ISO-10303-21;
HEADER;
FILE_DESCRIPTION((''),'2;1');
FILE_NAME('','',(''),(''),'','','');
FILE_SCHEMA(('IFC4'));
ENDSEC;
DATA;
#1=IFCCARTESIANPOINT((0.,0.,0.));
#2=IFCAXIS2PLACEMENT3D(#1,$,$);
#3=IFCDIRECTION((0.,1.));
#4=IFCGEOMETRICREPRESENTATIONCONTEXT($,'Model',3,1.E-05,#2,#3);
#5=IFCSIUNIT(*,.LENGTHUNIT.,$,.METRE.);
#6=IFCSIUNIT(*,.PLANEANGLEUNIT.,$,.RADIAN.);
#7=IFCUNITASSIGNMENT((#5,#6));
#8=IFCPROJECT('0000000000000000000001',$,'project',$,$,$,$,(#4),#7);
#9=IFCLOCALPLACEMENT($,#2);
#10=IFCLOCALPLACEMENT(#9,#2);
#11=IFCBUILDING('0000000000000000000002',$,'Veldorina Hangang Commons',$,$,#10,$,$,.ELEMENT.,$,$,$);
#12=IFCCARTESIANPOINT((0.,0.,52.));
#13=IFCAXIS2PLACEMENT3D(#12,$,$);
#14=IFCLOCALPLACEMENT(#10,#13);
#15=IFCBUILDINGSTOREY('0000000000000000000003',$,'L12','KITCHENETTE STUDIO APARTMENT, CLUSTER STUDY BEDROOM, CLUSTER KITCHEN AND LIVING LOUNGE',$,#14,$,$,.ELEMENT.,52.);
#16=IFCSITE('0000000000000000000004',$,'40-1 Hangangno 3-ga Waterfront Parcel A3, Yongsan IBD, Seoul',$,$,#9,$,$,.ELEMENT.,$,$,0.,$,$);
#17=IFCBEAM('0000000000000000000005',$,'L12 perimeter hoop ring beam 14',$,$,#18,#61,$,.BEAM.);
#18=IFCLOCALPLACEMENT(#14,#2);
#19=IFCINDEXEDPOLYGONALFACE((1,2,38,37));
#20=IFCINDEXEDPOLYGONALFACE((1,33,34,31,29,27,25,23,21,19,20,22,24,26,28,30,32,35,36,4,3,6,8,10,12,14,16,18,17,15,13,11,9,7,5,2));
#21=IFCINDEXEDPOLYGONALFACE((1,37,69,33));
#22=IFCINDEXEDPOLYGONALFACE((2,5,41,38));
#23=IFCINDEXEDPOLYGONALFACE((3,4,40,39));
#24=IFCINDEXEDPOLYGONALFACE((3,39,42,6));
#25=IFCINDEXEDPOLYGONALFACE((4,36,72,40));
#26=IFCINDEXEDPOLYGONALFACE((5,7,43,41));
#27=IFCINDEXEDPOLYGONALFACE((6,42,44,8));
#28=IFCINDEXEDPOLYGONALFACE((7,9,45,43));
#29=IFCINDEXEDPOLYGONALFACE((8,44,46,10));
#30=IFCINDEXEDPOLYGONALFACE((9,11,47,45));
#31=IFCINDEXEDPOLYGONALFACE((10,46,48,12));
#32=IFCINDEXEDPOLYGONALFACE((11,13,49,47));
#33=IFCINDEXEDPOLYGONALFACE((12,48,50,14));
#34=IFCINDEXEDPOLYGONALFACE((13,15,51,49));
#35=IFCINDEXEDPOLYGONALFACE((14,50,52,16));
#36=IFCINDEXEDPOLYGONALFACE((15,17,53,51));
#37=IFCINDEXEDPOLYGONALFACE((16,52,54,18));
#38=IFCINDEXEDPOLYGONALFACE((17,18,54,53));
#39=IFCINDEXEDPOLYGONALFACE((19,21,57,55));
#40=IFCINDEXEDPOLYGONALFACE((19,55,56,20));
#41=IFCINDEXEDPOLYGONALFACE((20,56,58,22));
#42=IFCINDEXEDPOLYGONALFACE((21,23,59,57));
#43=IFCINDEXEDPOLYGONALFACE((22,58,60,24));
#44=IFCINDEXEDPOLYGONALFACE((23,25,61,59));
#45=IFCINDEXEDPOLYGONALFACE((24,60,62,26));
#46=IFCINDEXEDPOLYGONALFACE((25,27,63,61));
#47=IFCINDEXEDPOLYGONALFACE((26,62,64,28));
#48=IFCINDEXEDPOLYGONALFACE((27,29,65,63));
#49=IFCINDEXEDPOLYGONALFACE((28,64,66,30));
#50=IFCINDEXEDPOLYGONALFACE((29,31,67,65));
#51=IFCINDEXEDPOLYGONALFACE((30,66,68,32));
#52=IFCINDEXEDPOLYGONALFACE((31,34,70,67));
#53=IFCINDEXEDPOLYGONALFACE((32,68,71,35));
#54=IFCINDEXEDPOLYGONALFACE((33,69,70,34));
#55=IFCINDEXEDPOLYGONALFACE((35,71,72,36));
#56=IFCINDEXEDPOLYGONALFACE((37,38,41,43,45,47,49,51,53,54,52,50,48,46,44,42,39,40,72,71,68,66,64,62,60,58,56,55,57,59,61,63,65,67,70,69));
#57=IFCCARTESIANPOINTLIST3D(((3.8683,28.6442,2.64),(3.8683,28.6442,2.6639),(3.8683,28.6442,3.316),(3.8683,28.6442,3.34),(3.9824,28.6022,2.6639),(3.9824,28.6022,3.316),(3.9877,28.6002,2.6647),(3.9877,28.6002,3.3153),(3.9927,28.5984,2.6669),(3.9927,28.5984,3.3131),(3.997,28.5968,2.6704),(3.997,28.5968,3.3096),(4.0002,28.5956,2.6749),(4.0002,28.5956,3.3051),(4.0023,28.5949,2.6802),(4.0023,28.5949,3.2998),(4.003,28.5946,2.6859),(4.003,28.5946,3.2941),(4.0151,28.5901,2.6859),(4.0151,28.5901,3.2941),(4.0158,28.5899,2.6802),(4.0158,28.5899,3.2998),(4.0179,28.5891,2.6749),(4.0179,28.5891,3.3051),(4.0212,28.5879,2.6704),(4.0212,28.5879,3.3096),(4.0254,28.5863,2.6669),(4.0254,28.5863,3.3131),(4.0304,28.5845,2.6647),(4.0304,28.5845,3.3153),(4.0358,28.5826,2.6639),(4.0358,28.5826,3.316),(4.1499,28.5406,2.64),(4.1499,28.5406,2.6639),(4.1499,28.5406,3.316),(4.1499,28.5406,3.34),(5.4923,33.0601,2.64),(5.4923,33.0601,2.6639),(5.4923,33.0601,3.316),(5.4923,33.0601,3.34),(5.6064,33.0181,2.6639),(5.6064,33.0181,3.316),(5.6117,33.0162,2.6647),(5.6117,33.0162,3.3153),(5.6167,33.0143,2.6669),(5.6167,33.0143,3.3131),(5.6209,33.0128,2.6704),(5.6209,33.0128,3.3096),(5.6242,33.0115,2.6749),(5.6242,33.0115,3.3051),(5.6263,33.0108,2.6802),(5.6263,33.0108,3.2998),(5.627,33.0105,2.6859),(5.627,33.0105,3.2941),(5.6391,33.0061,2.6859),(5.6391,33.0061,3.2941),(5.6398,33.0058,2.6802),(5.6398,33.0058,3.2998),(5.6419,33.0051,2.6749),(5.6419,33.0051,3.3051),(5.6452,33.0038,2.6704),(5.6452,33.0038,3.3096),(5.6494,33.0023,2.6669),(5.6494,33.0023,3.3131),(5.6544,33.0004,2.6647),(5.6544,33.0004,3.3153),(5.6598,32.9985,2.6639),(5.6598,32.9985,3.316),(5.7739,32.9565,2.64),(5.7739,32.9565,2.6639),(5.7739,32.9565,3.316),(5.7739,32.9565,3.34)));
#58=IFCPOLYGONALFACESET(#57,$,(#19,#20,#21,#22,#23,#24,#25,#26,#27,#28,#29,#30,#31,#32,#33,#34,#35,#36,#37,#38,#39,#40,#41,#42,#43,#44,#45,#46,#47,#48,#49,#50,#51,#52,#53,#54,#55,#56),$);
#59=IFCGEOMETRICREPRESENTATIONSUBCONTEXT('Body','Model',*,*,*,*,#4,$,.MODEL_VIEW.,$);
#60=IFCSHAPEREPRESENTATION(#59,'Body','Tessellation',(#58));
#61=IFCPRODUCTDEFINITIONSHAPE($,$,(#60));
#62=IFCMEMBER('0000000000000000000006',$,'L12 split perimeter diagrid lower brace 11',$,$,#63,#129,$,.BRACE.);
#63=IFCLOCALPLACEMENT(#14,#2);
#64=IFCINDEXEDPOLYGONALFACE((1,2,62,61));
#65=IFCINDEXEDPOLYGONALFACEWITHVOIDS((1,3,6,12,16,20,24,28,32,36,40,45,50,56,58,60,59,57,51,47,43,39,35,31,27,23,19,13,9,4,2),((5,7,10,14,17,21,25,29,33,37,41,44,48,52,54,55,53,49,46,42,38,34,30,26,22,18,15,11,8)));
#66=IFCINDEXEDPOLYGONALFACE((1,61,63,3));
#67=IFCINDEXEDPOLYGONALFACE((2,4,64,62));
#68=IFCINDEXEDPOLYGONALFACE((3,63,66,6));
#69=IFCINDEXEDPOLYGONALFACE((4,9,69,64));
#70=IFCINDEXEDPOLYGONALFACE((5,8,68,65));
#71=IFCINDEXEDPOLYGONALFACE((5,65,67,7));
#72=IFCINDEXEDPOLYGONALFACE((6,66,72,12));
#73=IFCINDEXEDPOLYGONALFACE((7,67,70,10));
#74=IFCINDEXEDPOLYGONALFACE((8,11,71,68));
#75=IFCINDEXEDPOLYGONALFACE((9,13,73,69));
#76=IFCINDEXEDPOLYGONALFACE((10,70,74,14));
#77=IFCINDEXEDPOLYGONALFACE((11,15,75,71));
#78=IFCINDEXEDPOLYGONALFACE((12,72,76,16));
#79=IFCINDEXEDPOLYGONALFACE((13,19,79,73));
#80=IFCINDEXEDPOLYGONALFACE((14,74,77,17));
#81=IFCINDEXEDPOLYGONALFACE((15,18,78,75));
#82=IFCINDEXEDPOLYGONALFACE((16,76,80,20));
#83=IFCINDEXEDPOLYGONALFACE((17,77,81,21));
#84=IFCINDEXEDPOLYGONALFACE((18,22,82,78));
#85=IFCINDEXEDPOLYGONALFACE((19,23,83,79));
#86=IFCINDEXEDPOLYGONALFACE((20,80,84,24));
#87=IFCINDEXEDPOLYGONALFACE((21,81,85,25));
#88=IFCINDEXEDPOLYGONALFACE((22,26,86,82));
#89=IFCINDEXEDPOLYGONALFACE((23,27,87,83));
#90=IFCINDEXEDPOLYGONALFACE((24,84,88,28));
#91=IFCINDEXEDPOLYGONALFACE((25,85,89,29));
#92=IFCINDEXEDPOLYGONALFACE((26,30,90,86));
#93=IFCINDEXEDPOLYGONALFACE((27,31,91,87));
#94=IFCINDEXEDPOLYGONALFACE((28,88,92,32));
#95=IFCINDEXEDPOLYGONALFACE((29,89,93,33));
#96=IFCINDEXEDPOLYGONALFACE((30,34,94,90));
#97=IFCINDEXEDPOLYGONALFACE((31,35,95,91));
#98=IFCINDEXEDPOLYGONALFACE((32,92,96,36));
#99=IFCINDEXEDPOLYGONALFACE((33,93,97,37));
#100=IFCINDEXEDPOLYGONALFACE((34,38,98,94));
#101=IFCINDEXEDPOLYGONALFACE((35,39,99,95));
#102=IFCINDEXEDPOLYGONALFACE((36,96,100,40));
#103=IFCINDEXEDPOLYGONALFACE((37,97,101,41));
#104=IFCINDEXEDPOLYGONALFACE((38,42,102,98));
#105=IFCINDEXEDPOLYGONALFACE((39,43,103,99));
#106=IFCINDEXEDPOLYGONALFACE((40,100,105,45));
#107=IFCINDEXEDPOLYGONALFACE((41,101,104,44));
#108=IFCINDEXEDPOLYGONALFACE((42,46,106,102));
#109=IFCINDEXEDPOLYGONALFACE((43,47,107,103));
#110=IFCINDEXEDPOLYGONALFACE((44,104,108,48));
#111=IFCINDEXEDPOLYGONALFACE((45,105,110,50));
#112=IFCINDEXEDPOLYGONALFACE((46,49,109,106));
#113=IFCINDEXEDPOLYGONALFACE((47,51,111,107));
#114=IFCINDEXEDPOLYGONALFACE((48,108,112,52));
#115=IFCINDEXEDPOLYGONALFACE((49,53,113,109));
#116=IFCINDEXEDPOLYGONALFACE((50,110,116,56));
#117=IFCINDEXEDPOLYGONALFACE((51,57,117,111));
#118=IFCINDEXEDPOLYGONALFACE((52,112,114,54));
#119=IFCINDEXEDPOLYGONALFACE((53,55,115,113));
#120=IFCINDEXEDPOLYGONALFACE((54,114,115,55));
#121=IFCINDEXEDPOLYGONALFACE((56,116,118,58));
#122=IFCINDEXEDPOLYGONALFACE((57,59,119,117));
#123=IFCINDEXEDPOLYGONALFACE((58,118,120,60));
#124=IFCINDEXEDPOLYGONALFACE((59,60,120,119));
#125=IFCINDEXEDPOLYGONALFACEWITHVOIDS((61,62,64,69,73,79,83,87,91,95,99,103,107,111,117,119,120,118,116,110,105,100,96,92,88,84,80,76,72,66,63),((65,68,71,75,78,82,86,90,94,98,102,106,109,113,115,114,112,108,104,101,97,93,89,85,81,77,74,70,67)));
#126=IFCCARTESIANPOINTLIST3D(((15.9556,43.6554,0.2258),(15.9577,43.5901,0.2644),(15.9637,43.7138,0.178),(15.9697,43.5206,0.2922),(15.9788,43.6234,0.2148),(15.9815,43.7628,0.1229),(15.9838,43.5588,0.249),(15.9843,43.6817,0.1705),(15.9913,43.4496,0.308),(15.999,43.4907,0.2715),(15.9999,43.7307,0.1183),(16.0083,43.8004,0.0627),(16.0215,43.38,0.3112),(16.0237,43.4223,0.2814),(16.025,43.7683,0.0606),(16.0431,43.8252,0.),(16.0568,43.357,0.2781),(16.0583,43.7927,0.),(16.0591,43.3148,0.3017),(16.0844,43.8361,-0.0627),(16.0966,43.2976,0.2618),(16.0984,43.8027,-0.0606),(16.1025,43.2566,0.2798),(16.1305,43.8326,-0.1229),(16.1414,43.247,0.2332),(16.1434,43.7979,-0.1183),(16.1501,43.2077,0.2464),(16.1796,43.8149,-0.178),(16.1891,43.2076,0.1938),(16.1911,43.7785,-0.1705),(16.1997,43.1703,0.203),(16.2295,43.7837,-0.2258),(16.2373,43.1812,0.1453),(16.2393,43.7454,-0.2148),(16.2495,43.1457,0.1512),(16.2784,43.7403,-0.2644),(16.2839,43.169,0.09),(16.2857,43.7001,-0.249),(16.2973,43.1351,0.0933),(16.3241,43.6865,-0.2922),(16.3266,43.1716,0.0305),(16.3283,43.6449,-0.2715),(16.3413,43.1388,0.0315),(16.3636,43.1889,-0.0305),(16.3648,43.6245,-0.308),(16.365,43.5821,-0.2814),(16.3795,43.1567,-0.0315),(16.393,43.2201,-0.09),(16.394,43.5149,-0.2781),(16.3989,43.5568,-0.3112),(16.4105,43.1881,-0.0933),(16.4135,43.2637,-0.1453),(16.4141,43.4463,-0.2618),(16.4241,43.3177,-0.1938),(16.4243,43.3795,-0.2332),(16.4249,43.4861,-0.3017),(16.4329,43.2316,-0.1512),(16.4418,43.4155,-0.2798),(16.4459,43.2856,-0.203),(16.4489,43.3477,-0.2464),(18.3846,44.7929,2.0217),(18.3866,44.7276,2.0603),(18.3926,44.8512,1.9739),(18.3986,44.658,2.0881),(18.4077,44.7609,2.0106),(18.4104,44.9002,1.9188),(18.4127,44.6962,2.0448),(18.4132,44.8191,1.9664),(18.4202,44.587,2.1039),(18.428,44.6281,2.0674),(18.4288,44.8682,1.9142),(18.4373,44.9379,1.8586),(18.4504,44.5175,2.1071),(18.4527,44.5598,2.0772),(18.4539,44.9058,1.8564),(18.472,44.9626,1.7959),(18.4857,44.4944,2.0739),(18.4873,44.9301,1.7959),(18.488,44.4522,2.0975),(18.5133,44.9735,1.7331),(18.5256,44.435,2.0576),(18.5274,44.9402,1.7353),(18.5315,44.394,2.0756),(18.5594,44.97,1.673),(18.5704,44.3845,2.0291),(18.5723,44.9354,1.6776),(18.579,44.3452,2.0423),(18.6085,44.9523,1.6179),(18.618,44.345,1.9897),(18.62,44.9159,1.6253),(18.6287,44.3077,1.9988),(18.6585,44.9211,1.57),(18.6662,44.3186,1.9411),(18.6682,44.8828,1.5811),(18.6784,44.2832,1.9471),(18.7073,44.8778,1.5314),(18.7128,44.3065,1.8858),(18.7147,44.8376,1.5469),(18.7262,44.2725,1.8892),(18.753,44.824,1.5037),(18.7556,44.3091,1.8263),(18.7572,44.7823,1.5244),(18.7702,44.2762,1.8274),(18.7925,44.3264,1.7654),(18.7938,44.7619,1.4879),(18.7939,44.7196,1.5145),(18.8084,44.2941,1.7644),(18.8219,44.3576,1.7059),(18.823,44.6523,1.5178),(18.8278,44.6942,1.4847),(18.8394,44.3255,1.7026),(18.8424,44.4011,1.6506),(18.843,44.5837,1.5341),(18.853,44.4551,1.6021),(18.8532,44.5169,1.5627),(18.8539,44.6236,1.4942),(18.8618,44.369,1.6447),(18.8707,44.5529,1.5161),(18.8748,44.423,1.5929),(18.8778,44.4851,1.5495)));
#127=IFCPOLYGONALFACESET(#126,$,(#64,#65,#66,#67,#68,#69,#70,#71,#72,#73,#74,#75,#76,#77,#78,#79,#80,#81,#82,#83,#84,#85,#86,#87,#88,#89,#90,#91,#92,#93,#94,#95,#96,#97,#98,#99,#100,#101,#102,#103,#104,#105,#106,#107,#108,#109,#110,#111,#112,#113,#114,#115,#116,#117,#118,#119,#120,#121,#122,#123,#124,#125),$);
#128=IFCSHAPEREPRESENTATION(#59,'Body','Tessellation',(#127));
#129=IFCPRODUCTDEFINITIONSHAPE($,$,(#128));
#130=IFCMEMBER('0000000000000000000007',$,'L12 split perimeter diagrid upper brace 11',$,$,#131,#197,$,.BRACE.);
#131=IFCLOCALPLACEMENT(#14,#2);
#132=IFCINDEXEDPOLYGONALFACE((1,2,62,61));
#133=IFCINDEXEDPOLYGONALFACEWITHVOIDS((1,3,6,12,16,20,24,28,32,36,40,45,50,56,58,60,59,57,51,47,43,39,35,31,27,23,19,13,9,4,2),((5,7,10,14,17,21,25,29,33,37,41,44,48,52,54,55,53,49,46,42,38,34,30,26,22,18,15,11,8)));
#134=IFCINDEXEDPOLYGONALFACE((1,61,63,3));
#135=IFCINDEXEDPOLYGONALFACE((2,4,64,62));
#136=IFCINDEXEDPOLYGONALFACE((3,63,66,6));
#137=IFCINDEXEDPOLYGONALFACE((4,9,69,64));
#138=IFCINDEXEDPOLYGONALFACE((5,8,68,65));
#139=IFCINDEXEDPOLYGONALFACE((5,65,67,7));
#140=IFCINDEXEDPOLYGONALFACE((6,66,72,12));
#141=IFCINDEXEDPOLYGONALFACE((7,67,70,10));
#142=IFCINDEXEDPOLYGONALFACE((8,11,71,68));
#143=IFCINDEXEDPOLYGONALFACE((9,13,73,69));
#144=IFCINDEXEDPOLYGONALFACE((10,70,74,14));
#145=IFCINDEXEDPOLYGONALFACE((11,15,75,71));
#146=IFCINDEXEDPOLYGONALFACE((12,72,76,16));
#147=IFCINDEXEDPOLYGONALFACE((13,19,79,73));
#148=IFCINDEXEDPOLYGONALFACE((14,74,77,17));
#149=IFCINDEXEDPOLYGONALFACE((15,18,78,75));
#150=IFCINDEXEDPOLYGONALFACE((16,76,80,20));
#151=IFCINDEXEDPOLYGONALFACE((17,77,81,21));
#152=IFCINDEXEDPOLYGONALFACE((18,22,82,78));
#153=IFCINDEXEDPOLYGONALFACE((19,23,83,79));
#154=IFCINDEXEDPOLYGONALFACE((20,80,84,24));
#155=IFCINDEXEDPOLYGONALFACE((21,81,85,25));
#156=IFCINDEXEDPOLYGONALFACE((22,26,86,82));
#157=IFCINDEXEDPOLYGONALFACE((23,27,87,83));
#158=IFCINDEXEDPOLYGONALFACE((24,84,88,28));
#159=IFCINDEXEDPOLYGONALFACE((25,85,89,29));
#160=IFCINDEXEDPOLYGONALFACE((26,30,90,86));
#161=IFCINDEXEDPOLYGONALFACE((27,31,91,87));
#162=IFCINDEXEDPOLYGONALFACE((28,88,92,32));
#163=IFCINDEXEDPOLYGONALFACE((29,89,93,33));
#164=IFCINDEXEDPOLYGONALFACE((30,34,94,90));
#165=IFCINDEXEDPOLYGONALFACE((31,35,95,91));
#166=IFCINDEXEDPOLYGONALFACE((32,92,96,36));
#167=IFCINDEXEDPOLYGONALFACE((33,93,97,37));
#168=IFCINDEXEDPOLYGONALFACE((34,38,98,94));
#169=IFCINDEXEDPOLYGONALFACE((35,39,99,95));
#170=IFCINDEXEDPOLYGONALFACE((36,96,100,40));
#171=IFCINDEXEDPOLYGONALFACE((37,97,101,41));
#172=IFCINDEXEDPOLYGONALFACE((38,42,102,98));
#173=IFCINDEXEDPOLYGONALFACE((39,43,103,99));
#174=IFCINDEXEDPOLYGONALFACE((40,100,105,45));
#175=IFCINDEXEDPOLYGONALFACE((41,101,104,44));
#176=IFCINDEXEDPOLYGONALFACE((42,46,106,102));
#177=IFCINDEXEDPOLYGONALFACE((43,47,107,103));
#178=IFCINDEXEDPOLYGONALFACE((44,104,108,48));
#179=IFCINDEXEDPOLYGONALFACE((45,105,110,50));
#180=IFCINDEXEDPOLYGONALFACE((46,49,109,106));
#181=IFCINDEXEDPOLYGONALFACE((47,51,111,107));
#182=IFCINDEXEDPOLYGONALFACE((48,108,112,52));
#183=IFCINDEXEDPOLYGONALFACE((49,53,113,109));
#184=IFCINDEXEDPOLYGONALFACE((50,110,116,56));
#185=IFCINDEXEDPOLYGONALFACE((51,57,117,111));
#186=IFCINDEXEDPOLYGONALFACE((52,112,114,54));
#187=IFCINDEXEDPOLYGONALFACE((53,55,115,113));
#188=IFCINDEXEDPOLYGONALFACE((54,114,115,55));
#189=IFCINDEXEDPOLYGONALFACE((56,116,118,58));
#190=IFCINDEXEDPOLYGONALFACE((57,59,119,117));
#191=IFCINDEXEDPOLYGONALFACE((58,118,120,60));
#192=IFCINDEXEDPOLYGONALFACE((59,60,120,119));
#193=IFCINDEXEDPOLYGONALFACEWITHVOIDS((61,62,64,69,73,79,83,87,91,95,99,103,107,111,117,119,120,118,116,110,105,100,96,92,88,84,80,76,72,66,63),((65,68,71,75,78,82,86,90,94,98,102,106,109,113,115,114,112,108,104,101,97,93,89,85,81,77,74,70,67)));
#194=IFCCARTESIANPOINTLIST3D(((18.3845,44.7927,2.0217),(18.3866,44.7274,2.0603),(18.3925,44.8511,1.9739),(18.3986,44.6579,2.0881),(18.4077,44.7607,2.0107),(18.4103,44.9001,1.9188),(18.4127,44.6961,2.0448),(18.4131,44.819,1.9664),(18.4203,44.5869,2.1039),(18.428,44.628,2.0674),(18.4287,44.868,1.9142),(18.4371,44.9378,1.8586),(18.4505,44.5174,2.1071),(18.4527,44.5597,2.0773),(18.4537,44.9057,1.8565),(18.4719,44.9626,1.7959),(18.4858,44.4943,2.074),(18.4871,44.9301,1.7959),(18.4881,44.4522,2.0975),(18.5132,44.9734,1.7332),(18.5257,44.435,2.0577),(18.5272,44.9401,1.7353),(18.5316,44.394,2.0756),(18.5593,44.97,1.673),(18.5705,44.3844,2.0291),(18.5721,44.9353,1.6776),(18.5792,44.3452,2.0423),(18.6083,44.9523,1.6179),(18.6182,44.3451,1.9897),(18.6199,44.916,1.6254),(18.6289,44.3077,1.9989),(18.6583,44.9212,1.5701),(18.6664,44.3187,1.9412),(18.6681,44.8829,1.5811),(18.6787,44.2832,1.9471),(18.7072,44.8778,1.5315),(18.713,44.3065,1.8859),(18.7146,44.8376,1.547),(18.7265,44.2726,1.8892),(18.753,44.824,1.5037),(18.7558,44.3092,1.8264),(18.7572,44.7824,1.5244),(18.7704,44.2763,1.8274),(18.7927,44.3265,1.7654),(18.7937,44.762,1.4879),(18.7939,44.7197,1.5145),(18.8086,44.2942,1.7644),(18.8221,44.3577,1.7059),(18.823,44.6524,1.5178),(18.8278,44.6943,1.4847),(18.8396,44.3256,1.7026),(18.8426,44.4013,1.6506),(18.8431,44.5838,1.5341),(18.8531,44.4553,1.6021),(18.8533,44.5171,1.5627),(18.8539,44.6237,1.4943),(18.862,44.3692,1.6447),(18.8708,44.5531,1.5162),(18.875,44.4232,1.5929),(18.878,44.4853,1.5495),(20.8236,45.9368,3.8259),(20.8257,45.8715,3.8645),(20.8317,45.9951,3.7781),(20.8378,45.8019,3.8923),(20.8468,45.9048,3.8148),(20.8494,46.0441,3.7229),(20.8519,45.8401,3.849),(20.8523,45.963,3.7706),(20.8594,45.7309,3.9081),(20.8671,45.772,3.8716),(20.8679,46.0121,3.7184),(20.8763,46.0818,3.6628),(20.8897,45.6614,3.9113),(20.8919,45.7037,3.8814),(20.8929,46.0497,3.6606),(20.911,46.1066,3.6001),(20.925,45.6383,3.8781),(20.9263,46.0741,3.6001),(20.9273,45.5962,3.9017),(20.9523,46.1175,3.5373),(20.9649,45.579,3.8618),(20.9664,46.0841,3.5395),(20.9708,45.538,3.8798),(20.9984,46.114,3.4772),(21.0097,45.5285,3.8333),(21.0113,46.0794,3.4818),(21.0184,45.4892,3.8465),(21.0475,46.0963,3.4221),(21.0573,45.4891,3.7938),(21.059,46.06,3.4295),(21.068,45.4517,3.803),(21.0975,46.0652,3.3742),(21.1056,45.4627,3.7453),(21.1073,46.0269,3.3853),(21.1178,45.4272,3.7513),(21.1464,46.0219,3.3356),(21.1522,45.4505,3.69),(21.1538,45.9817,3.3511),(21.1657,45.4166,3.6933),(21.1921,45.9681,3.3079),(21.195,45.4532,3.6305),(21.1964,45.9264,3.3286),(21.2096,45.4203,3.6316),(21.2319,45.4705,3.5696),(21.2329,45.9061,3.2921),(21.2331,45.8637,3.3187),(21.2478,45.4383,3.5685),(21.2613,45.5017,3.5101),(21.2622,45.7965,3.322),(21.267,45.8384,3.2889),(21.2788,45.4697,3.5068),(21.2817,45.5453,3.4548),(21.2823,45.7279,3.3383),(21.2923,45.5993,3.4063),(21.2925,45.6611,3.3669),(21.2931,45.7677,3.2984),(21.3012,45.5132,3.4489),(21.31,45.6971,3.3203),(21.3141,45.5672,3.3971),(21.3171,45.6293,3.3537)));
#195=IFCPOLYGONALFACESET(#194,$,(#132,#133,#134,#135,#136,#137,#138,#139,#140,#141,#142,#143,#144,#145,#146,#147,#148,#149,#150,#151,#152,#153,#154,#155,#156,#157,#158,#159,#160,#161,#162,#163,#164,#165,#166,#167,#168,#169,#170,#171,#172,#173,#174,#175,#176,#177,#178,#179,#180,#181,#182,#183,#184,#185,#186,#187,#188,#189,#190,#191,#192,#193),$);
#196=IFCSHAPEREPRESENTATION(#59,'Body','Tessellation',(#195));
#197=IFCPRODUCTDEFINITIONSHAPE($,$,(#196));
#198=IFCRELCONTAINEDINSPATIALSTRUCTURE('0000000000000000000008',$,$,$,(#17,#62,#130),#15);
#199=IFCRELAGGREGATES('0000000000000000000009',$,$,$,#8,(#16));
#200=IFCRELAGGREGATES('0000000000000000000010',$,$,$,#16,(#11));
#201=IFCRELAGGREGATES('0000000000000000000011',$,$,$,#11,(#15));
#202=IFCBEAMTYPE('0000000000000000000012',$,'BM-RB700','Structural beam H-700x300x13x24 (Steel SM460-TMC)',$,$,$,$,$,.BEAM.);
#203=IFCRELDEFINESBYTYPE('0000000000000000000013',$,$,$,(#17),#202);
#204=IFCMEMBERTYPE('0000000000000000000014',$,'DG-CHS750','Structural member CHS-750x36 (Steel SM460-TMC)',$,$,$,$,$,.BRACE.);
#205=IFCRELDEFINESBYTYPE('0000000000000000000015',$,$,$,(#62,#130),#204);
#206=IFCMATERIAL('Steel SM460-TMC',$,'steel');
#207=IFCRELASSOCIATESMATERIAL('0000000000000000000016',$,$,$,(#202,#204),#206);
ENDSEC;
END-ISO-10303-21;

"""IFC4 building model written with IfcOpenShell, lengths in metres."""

from ifc_helpers import new_model, si_unit, direction, frame, origin, origin_2d, place, context, subcontext, project, spatial, hollow_circle, i_section, extrude, material, material_profile, profile_set, type_object, element, save


model = new_model("IFC4")

# Units and contexts
model_context = context("Model", 3, precision=1e-05, world=origin(), true_north=direction((0.0, 1.0)))
body_context = subcontext(model_context, "Body", "Model", "MODEL_VIEW")
ifc_project = project(units=[si_unit("LENGTHUNIT", "METRE"), si_unit("PLANEANGLEUNIT", "RADIAN")], contexts=[model_context])

# Site, building, storey
site_placement = place(None, origin())
site = spatial("IfcSite", under=ifc_project, at=site_placement, Name="40-1 Hangangno 3-ga Waterfront Parcel A3, Yongsan IBD, Seoul", CompositionType="ELEMENT", RefElevation=0.0)
building_placement = place(site_placement, origin())
building = spatial("IfcBuilding", under=site, at=building_placement, Name="Veldorina Hangang Commons", CompositionType="ELEMENT")
storey_placement = place(building_placement, frame((0.0, 0.0, 52.0)))
storey = spatial("IfcBuildingStorey", under=building, at=storey_placement, Name="L12", Description="KITCHENETTE STUDIO APARTMENT, CLUSTER STUDY BEDROOM, CLUSTER KITCHEN AND LIVING LOUNGE", CompositionType="ELEMENT", Elevation=52.0)

# Beam
ifc_material_1 = material(Name="Steel SM460-TMC", Category="steel")
ifc_material_profile_1 = material_profile(ifc_material_1, i_section(OverallWidth=0.3, OverallDepth=0.7, WebThickness=0.0129, FlangeThickness=0.0239, FilletRadius=0.022, at=origin_2d()), Name="H-700x300x13x24")
ifc_profile_set_1 = profile_set([ifc_material_profile_1], Name="Steel SM460-TMC")
beam_type_1 = type_object("IfcBeamType", Name="BM-RB700", Description="Structural beam H-700x300x13x24 (Steel SM460-TMC)", PredefinedType="BEAM", material=ifc_profile_set_1)
beam_1_placement = place(storey_placement, frame((5.6331, 33.0083, 2.99), z_axis=(-0.345157, -0.938545, 0.0), x_axis=(0.938545, -0.345157, 0.0)))
element("IfcBeam", 1, at=beam_1_placement, inside=storey, type_object=beam_type_1, Name="L12 perimeter hoop ring beam 14", PredefinedType="BEAM", context=body_context, shape_type="SweptSolid", body=[
    extrude(i_section(OverallWidth=0.3, OverallDepth=0.7, WebThickness=0.0129, FlangeThickness=0.0239, FilletRadius=0.022, at=origin_2d()), origin(), (0.0, 0.0, 1.0), 4.7051),
])

# Members
ifc_material_profile_2 = material_profile(ifc_material_1, hollow_circle(Radius=0.375, WallThickness=0.0359, at=origin_2d()), Name="CHS-750x36")
ifc_profile_set_2 = profile_set([ifc_material_profile_2], Name="Steel SM460-TMC")
member_type = type_object("IfcMemberType", Name="DG-CHS750", Description="Structural member CHS-750x36 (Steel SM460-TMC)", PredefinedType="BRACE", material=ifc_profile_set_2)
member_1_placement = place(storey_placement, frame((16.2021, 43.4856, 0.0), z_axis=(0.752505, 0.352389, 0.55638), x_axis=(-0.424091, 0.90562, 0.0)))
element("IfcMember", 2, at=member_1_placement, inside=storey, type_object=member_type, Name="L12 split perimeter diagrid lower brace 11", PredefinedType="BRACE", context=body_context, shape_type="SweptSolid", body=[
    extrude(hollow_circle(Radius=0.375, WallThickness=0.0359, at=origin_2d()), origin(), (0.0, 0.0, 1.0), 3.2278),
])
member_2_placement = place(storey_placement, frame((18.6311, 44.623, 1.7959), z_axis=(0.752265, 0.352829, 0.556425), x_axis=(-0.424636, 0.905364, 0.0)))
element("IfcMember", 3, at=member_2_placement, inside=storey, type_object=member_type, Name="L12 split perimeter diagrid upper brace 11", PredefinedType="BRACE", context=body_context, shape_type="SweptSolid", body=[
    extrude(hollow_circle(Radius=0.375, WallThickness=0.0359, at=origin_2d()), origin(), (0.0, 0.0, 1.0), 3.2424),
])

save(model, "model.ifc")
